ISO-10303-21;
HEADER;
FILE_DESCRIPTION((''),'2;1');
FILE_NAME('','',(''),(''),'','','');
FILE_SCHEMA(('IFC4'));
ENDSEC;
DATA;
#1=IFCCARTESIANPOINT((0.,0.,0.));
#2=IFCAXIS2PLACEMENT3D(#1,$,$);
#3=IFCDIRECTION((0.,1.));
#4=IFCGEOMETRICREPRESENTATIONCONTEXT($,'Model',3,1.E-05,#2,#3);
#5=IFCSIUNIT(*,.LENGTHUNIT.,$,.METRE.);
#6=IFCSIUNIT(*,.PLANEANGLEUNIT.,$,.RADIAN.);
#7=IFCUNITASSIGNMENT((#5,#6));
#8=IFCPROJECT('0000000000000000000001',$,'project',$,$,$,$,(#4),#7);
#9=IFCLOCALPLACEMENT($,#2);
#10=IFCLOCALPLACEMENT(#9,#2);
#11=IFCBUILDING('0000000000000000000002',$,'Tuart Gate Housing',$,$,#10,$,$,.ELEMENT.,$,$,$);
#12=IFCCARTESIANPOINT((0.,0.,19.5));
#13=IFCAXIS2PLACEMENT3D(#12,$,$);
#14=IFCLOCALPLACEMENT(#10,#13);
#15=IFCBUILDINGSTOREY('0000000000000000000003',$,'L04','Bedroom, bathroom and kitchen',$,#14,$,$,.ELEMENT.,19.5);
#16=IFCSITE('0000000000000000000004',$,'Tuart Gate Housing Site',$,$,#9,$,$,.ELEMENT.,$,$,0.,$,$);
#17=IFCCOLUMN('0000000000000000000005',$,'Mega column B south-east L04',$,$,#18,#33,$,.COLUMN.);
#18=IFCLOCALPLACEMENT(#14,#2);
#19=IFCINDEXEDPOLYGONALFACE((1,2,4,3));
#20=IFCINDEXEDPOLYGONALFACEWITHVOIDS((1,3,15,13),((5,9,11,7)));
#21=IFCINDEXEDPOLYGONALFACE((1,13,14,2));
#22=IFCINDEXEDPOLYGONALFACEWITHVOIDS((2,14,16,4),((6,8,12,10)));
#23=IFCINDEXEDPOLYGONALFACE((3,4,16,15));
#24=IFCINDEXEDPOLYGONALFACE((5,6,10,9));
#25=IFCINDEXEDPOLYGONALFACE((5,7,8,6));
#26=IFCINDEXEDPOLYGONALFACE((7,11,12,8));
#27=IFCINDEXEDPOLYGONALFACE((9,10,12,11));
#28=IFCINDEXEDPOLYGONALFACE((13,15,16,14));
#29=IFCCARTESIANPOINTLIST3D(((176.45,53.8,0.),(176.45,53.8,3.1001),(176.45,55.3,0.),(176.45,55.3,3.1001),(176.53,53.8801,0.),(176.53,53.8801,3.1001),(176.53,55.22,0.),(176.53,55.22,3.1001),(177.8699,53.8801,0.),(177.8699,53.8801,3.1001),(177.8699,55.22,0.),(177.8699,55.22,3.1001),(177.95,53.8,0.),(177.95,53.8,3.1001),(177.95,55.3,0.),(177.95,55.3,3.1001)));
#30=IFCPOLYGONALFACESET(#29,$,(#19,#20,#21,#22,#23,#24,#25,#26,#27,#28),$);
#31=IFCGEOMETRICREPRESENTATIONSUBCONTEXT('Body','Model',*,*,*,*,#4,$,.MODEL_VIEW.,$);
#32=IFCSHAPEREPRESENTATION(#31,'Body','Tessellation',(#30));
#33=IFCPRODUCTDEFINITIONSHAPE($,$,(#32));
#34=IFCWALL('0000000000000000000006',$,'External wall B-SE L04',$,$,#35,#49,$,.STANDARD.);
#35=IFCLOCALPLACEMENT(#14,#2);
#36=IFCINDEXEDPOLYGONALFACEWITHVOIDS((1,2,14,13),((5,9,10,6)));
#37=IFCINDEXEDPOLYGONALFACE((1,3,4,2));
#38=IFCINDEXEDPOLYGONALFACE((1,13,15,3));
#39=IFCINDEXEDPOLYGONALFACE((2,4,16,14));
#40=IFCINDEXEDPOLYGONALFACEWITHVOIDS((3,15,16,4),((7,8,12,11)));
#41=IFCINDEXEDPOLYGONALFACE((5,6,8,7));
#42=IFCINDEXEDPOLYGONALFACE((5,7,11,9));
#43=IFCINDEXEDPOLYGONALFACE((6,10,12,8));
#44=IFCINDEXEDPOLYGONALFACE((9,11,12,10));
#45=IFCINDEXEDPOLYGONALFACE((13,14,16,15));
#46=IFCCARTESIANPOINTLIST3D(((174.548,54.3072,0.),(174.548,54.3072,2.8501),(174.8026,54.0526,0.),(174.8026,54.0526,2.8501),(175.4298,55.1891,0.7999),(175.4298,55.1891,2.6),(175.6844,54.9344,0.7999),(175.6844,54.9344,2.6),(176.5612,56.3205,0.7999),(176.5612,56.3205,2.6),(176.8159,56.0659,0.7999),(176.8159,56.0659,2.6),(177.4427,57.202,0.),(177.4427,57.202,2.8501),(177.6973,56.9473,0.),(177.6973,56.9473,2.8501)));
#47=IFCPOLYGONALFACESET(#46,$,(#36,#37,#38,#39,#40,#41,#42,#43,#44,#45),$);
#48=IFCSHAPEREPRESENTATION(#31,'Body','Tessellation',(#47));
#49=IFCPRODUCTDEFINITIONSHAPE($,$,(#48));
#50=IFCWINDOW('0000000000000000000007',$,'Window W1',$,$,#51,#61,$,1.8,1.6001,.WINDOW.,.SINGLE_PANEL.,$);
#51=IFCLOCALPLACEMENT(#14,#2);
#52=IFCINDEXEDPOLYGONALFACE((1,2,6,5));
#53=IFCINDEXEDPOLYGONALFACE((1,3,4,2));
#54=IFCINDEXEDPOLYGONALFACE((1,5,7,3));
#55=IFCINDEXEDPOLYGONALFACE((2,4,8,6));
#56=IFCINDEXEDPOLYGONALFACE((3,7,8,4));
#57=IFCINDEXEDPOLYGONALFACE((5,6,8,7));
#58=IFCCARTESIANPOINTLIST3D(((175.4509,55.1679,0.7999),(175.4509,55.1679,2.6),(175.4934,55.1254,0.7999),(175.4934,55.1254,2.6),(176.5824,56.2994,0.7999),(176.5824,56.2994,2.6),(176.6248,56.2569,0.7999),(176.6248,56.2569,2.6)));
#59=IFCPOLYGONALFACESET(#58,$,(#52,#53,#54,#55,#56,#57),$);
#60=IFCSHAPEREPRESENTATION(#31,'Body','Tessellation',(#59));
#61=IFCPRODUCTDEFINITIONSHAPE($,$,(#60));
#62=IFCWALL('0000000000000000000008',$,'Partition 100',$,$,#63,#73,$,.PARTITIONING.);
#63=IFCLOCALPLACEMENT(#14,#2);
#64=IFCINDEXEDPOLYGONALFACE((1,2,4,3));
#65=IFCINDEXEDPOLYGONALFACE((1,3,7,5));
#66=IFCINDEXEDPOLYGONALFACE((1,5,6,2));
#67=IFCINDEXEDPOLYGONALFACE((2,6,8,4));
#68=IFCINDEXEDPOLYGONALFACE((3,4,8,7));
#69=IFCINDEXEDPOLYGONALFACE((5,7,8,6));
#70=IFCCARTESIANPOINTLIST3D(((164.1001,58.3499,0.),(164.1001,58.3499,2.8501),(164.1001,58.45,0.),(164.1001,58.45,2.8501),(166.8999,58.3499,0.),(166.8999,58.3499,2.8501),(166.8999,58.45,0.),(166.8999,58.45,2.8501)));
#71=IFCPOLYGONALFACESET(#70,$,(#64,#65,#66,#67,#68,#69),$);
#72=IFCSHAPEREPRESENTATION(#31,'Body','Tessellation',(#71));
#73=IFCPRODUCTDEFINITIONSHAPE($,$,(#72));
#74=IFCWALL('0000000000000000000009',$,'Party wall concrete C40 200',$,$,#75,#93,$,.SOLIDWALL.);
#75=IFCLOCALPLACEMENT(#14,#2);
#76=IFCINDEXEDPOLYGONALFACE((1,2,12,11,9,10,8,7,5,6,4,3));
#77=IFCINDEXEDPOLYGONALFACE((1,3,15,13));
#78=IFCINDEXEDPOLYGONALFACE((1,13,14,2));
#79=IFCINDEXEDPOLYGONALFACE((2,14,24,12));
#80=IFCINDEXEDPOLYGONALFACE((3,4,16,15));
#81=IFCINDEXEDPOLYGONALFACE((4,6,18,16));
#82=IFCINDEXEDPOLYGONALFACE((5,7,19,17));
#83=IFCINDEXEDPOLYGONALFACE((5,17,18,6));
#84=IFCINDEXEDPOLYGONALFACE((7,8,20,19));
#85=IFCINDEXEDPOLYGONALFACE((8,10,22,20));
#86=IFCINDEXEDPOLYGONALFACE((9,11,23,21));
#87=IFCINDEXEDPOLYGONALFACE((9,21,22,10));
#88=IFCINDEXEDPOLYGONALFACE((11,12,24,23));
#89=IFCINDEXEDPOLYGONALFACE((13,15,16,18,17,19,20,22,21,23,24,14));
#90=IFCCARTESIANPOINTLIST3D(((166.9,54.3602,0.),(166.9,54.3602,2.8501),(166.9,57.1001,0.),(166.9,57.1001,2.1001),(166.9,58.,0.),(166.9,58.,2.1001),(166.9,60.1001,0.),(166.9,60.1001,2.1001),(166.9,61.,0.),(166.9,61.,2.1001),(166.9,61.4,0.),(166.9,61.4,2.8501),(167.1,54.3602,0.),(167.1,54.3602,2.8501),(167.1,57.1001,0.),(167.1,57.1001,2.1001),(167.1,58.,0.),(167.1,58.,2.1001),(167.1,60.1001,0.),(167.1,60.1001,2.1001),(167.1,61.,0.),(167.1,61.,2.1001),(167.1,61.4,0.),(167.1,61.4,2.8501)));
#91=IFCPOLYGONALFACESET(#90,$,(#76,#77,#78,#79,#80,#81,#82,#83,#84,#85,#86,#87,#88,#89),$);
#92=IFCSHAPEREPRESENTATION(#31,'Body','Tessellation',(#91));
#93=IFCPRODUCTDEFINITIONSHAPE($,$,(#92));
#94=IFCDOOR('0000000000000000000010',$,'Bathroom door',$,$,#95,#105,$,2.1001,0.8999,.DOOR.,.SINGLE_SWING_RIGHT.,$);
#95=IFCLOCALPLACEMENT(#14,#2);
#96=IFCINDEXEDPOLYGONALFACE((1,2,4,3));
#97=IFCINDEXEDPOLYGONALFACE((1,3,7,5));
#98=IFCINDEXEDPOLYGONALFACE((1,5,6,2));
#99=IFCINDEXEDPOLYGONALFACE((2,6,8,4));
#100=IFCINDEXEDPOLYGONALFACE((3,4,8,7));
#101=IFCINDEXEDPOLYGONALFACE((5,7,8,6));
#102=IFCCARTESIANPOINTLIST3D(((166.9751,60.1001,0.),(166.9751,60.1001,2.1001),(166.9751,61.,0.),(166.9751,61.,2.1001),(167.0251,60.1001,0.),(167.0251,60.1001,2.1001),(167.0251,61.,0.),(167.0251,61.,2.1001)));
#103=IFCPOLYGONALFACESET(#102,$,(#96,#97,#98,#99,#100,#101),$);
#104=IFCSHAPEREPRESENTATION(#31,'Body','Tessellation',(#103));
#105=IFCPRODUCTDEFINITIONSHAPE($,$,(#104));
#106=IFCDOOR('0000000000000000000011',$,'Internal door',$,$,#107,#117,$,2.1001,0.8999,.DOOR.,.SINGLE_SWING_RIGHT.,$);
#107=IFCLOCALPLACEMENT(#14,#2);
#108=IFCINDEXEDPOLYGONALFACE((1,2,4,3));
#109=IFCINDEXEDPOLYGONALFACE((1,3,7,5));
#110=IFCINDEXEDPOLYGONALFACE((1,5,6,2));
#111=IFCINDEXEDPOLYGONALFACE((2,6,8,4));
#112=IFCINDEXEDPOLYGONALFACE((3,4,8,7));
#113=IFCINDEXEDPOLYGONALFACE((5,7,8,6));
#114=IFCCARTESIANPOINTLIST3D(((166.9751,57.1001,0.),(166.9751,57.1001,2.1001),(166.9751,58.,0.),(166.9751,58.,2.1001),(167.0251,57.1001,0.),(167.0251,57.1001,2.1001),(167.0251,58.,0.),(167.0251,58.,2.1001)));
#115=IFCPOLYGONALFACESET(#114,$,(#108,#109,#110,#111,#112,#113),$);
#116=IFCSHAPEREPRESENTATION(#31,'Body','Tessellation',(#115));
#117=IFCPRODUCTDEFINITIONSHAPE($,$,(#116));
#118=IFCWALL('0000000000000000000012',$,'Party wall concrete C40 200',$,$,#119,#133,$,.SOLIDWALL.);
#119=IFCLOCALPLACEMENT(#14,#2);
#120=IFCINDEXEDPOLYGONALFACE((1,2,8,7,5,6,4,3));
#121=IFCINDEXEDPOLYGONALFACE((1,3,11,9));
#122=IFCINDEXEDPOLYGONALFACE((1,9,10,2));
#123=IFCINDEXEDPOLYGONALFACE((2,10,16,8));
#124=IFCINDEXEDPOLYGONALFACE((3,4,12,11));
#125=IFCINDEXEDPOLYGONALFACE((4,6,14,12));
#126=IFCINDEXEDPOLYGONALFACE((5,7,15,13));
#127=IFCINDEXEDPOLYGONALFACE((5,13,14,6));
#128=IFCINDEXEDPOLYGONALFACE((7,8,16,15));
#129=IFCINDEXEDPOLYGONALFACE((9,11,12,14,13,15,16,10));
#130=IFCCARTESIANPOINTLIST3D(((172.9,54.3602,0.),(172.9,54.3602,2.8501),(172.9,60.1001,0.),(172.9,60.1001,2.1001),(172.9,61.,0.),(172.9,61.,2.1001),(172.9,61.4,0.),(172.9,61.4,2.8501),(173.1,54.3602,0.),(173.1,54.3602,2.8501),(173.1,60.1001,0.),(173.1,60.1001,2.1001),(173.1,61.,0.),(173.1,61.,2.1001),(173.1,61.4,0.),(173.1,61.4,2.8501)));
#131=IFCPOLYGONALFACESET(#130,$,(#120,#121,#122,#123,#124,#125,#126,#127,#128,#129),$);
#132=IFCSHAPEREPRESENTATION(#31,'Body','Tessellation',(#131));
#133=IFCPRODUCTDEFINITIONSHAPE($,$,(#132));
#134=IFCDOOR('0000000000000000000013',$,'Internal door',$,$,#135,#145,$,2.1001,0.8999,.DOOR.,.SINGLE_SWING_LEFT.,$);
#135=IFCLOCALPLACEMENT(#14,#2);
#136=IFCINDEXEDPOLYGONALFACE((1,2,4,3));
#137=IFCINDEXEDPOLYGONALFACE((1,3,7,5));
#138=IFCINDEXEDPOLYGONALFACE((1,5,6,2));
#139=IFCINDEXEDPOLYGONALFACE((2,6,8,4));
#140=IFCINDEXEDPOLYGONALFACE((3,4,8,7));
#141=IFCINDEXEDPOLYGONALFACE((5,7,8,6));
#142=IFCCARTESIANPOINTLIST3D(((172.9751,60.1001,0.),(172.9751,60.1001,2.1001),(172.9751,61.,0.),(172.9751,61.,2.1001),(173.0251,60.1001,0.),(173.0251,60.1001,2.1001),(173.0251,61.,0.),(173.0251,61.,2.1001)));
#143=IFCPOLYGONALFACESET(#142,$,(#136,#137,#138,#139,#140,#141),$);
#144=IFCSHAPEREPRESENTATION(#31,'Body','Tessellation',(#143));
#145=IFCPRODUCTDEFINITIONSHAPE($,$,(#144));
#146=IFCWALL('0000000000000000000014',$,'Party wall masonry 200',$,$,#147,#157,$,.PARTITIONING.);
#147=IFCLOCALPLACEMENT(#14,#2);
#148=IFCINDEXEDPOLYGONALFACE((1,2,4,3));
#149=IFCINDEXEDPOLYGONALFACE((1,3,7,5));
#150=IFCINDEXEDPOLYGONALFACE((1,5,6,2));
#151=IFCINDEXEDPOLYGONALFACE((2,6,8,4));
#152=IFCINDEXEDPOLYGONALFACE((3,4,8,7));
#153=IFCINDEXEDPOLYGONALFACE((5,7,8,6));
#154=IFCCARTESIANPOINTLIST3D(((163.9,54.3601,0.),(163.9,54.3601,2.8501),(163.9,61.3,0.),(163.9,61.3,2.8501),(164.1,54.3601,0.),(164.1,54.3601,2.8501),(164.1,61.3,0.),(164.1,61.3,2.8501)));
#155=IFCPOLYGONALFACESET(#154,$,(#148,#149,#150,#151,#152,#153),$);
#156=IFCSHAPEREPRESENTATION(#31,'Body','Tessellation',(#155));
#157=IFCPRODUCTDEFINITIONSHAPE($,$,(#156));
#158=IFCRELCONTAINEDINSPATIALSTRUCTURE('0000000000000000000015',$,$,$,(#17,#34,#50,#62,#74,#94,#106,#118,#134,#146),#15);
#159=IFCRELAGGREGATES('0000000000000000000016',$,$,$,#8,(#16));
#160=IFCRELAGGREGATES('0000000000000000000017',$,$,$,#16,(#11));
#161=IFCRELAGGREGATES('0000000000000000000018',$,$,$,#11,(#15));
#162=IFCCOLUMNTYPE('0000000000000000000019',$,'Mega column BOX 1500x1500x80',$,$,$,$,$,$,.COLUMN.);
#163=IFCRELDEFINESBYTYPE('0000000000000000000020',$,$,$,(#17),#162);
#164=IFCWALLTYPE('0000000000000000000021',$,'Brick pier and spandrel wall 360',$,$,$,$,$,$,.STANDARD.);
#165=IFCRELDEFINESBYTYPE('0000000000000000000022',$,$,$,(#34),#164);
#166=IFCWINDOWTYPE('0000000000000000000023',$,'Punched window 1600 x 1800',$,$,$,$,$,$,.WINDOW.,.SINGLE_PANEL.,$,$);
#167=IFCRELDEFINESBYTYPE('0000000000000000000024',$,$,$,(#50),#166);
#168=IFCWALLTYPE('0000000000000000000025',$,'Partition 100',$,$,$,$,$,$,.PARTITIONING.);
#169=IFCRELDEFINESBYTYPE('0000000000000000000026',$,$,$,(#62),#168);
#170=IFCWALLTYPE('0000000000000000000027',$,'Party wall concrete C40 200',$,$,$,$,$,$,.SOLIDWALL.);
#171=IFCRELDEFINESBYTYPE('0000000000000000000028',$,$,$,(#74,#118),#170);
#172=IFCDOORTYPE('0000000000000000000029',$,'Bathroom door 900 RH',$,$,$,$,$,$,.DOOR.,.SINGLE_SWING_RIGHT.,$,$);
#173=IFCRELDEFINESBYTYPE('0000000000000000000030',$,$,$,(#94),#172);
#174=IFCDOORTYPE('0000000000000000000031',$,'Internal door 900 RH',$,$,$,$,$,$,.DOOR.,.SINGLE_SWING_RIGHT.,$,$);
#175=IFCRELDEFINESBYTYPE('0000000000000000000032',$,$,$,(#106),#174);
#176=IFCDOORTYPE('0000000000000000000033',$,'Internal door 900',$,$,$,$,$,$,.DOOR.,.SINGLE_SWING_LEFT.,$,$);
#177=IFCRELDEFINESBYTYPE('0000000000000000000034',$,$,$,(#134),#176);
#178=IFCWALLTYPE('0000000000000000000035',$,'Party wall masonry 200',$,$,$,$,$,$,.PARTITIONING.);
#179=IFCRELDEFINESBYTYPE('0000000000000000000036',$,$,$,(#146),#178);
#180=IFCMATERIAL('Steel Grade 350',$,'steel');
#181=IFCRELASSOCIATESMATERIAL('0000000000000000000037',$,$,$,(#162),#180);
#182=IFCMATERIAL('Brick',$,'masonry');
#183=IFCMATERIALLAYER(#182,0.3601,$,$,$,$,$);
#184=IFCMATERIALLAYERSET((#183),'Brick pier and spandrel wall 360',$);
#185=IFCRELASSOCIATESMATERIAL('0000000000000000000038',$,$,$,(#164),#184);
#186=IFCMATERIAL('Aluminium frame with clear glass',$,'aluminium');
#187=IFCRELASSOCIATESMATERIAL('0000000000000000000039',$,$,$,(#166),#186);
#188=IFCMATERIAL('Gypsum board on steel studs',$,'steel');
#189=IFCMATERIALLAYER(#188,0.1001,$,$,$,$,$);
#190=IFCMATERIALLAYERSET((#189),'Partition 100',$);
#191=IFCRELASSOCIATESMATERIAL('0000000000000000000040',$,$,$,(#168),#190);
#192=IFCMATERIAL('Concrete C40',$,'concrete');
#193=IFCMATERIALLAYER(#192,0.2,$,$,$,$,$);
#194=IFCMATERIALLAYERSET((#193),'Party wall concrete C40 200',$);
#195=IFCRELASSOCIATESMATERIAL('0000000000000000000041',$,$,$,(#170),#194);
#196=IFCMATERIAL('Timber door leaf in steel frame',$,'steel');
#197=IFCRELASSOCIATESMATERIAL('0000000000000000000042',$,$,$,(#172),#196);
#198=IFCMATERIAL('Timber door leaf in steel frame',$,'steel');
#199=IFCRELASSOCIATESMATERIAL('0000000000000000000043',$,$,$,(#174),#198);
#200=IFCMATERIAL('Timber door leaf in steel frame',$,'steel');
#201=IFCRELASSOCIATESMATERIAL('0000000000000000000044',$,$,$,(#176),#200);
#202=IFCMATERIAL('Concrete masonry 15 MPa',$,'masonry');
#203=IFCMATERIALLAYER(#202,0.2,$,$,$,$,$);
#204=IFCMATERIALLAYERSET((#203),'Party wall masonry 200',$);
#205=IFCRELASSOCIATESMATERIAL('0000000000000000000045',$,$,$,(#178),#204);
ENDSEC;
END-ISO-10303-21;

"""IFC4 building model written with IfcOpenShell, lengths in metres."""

from ifc_helpers import new_model, si_unit, direction, frame, frame_2d, origin, origin_2d, place, context, subcontext, project, spatial, rectangle, hollow_rectangle, extrude, material, layer, layer_set, material_profile, profile_set, type_object, element, fill, save


model = new_model("IFC4")

# Units and contexts
model_context = context("Model", 3, precision=1e-05, world=origin(), true_north=direction((0.0, 1.0)))
body_context = subcontext(model_context, "Body", "Model", "MODEL_VIEW")
ifc_project = project(units=[si_unit("LENGTHUNIT", "METRE"), si_unit("PLANEANGLEUNIT", "RADIAN")], contexts=[model_context])

# Site, building, storey
site_placement = place(None, origin())
site = spatial("IfcSite", under=ifc_project, at=site_placement, Name="Tuart Gate Housing Site", CompositionType="ELEMENT", RefElevation=0.0)
building_placement = place(site_placement, origin())
building = spatial("IfcBuilding", under=site, at=building_placement, Name="Tuart Gate Housing", CompositionType="ELEMENT")
storey_placement = place(building_placement, frame((0.0, 0.0, 19.5)))
storey = spatial("IfcBuildingStorey", under=building, at=storey_placement, Name="L04", Description="Bedroom, bathroom and kitchen", CompositionType="ELEMENT", Elevation=19.5)

# Column
ifc_material_1 = material(Name="Steel Grade 350", Category="steel")
ifc_material_profile = material_profile(ifc_material_1, hollow_rectangle(XDim=1.5, YDim=1.5, WallThickness=0.0801, at=origin_2d()), Name="BOX 1500x1500x80")
ifc_profile_set = profile_set([ifc_material_profile], Name="Steel Grade 350")
column_type = type_object("IfcColumnType", Name="Mega column BOX 1500x1500x80", PredefinedType="COLUMN", material=ifc_profile_set)
column_placement = place(storey_placement, frame((177.2, 54.55, 0.0), z_axis=(0.0, 0.0, 1.0), x_axis=(1.0, 0.0, 0.0)))
element("IfcColumn", 1, at=column_placement, inside=storey, type_object=column_type, Name="Mega column B south-east L04", PredefinedType="COLUMN", context=body_context, shape_type="SweptSolid", body=[
    extrude(hollow_rectangle(XDim=1.5, YDim=1.5, WallThickness=0.0801, at=origin_2d()), origin(), (0.0, 0.0, 1.0), 3.1001),
])

# Wall, opening, window
ifc_material_2 = material(Name="Brick", Category="masonry")
ifc_layer_1 = layer(ifc_material_2, 0.3601)
ifc_layer_set_1 = layer_set([ifc_layer_1], Name="Brick pier and spandrel wall 360")
wall_type_1 = type_object("IfcWallType", Name="Brick pier and spandrel wall 360", PredefinedType="STANDARD", material=ifc_layer_set_1)
wall_1_placement = place(storey_placement, frame((174.6753, 54.1799, 0.0), z_axis=(0.0, 0.0, 1.0), x_axis=(0.707107, 0.707107, 0.0)))
wall_1 = element("IfcWall", 2, at=wall_1_placement, inside=storey, type_object=wall_type_1, Name="External wall B-SE L04", PredefinedType="STANDARD", context=body_context, shape_type="SweptSolid", body=[
    extrude(rectangle(XDim=4.0938, YDim=0.3601, at=frame_2d((2.0469, 0.0))), origin(), (0.0, 0.0, 1.0), 2.8501),
])
opening_1_placement = place(wall_1_placement, frame((1.2471, 0.0, 0.8)))
opening_1 = element("IfcOpeningElement", 3, at=opening_1_placement, cuts=wall_1, PredefinedType="OPENING", context=body_context, shape_type="SweptSolid", body=[
    extrude(rectangle(XDim=1.6001, YDim=1.8, at=frame_2d((0.8, 0.8999))), frame((0.0, 0.1899, 0.0), z_axis=(0.0, -1.0, 0.0), x_axis=(1.0, 0.0, 0.0)), (0.0, 0.0, 1.0), 0.3801),
])
ifc_material_3 = material(Name="Aluminium frame with clear glass", Category="aluminium")
window_type_1 = type_object("IfcWindowType", Name="Punched window 1600 x 1800", PartitioningType="SINGLE_PANEL", PredefinedType="WINDOW", material=ifc_material_3)
window_1_placement = place(opening_1_placement, origin())
window_1 = element("IfcWindow", 4, at=window_1_placement, inside=storey, type_object=window_type_1, Name="Window W1", OverallHeight=1.8, OverallWidth=1.6001, PartitioningType="SINGLE_PANEL", PredefinedType="WINDOW", context=body_context, shape_type="SweptSolid", body=[
    extrude(rectangle(XDim=1.6001, YDim=1.8, at=frame_2d((0.8, 0.8999))), frame((0.0, 0.1501, 0.0), z_axis=(0.0, -1.0, 0.0), x_axis=(1.0, 0.0, 0.0)), (0.0, 0.0, 1.0), 0.0601),
])
fill(opening_1, window_1)

# Wall
ifc_material_4 = material(Name="Gypsum board on steel studs", Category="steel")
ifc_layer_2 = layer(ifc_material_4, 0.1001)
ifc_layer_set_2 = layer_set([ifc_layer_2], Name="Partition 100")
wall_type_2 = type_object("IfcWallType", Name="Partition 100", PredefinedType="PARTITIONING", material=ifc_layer_set_2)
wall_2_placement = place(storey_placement, frame((164.1001, 58.3999, 0.0), z_axis=(0.0, 0.0, 1.0), x_axis=(1.0, 0.0, 0.0)))
element("IfcWall", 5, at=wall_2_placement, inside=storey, type_object=wall_type_2, Name="Partition 100", PredefinedType="PARTITIONING", context=body_context, shape_type="SweptSolid", body=[
    extrude(rectangle(XDim=2.7998, YDim=0.1001, at=frame_2d((1.3999, 0.0))), origin(), (0.0, 0.0, 1.0), 2.8501),
])

# Wall, openings, doors
ifc_material_5 = material(Name="Concrete C40", Category="concrete")
ifc_layer_3 = layer(ifc_material_5, 0.2)
ifc_layer_set_3 = layer_set([ifc_layer_3], Name="Party wall concrete C40 200")
wall_type_3 = type_object("IfcWallType", Name="Party wall concrete C40 200", PredefinedType="SOLIDWALL", material=ifc_layer_set_3)
wall_3_placement = place(storey_placement, frame((167.0, 54.3601, 0.0), z_axis=(0.0, 0.0, 1.0), x_axis=(0.0, 1.0, 0.0)))
wall_3 = element("IfcWall", 6, at=wall_3_placement, inside=storey, type_object=wall_type_3, Name="Party wall concrete C40 200", PredefinedType="SOLIDWALL", context=body_context, shape_type="SweptSolid", body=[
    extrude(rectangle(XDim=7.0398, YDim=0.2, at=frame_2d((3.52, 0.0))), origin(), (0.0, 0.0, 1.0), 2.8501),
])
opening_2_placement = place(wall_3_placement, frame((2.74, 0.0, 0.0)))
opening_2 = element("IfcOpeningElement", 7, at=opening_2_placement, cuts=wall_3, PredefinedType="OPENING", context=body_context, shape_type="SweptSolid", body=[
    extrude(rectangle(XDim=0.8999, YDim=2.1001, at=frame_2d((0.45, 1.05))), frame((0.0, 0.1099, 0.0), z_axis=(0.0, -1.0, 0.0), x_axis=(1.0, 0.0, 0.0)), (0.0, 0.0, 1.0), 0.22),
])
opening_3_placement = place(wall_3_placement, frame((5.74, 0.0, 0.0)))
opening_3 = element("IfcOpeningElement", 8, at=opening_3_placement, cuts=wall_3, PredefinedType="OPENING", context=body_context, shape_type="SweptSolid", body=[
    extrude(rectangle(XDim=0.8999, YDim=2.1001, at=frame_2d((0.45, 1.05))), frame((0.0, 0.1099, 0.0), z_axis=(0.0, -1.0, 0.0), x_axis=(1.0, 0.0, 0.0)), (0.0, 0.0, 1.0), 0.22),
])
ifc_material_6 = material(Name="Timber door leaf in steel frame", Category="steel")
door_type_1 = type_object("IfcDoorType", Name="Bathroom door 900 RH", OperationType="SINGLE_SWING_RIGHT", PredefinedType="DOOR", material=ifc_material_6)
door_1_placement = place(opening_3_placement, origin())
door_1 = element("IfcDoor", 9, at=door_1_placement, inside=storey, type_object=door_type_1, Name="Bathroom door", OperationType="SINGLE_SWING_RIGHT", OverallHeight=2.1001, OverallWidth=0.8999, PredefinedType="DOOR", context=body_context, shape_type="SweptSolid", body=[
    extrude(rectangle(XDim=0.8999, YDim=2.1001, at=frame_2d((0.45, 1.05))), frame((0.0, 0.0249, 0.0), z_axis=(0.0, -1.0, 0.0), x_axis=(1.0, 0.0, 0.0)), (0.0, 0.0, 1.0), 0.05),
])
fill(opening_3, door_1)
ifc_material_7 = material(Name="Timber door leaf in steel frame", Category="steel")
door_type_2 = type_object("IfcDoorType", Name="Internal door 900 RH", OperationType="SINGLE_SWING_RIGHT", PredefinedType="DOOR", material=ifc_material_7)
door_2_placement = place(opening_2_placement, origin())
door_2 = element("IfcDoor", 10, at=door_2_placement, inside=storey, type_object=door_type_2, Name="Internal door", OperationType="SINGLE_SWING_RIGHT", OverallHeight=2.1001, OverallWidth=0.8999, PredefinedType="DOOR", context=body_context, shape_type="SweptSolid", body=[
    extrude(rectangle(XDim=0.8999, YDim=2.1001, at=frame_2d((0.45, 1.05))), frame((0.0, 0.0249, 0.0), z_axis=(0.0, -1.0, 0.0), x_axis=(1.0, 0.0, 0.0)), (0.0, 0.0, 1.0), 0.05),
])
fill(opening_2, door_2)

# Wall, opening, door
wall_4_placement = place(storey_placement, frame((173.0, 54.3601, 0.0), z_axis=(0.0, 0.0, 1.0), x_axis=(0.0, 1.0, 0.0)))
wall_4 = element("IfcWall", 11, at=wall_4_placement, inside=storey, type_object=wall_type_3, Name="Party wall concrete C40 200", PredefinedType="SOLIDWALL", context=body_context, shape_type="SweptSolid", body=[
    extrude(rectangle(XDim=7.0398, YDim=0.2, at=frame_2d((3.52, 0.0))), origin(), (0.0, 0.0, 1.0), 2.8501),
])
opening_4_placement = place(wall_4_placement, frame((5.74, 0.0, 0.0)))
opening_4 = element("IfcOpeningElement", 12, at=opening_4_placement, cuts=wall_4, PredefinedType="OPENING", context=body_context, shape_type="SweptSolid", body=[
    extrude(rectangle(XDim=0.8999, YDim=2.1001, at=frame_2d((0.45, 1.05))), frame((0.0, 0.1099, 0.0), z_axis=(0.0, -1.0, 0.0), x_axis=(1.0, 0.0, 0.0)), (0.0, 0.0, 1.0), 0.22),
])
ifc_material_8 = material(Name="Timber door leaf in steel frame", Category="steel")
door_type_3 = type_object("IfcDoorType", Name="Internal door 900", OperationType="SINGLE_SWING_LEFT", PredefinedType="DOOR", material=ifc_material_8)
door_3_placement = place(opening_4_placement, frame((0.8999, 0.0, 0.0), z_axis=(0.0, 0.0, 1.0), x_axis=(-1.0, 0.0, 0.0)))
door_3 = element("IfcDoor", 13, at=door_3_placement, inside=storey, type_object=door_type_3, Name="Internal door", OperationType="SINGLE_SWING_LEFT", OverallHeight=2.1001, OverallWidth=0.8999, PredefinedType="DOOR", context=body_context, shape_type="SweptSolid", body=[
    extrude(rectangle(XDim=0.8999, YDim=2.1001, at=frame_2d((0.45, 1.05))), frame((0.0, 0.0251, 0.0), z_axis=(0.0, -1.0, 0.0), x_axis=(1.0, 0.0, 0.0)), (0.0, 0.0, 1.0), 0.05),
])
fill(opening_4, door_3)

# Wall
ifc_material_9 = material(Name="Concrete masonry 15 MPa", Category="masonry")
ifc_layer_4 = layer(ifc_material_9, 0.2)
ifc_layer_set_4 = layer_set([ifc_layer_4], Name="Party wall masonry 200")
wall_type_4 = type_object("IfcWallType", Name="Party wall masonry 200", PredefinedType="PARTITIONING", material=ifc_layer_set_4)
wall_5_placement = place(storey_placement, frame((164.0, 54.3601, 0.0), z_axis=(0.0, 0.0, 1.0), x_axis=(0.0, 1.0, 0.0)))
element("IfcWall", 14, at=wall_5_placement, inside=storey, type_object=wall_type_4, Name="Party wall masonry 200", PredefinedType="PARTITIONING", context=body_context, shape_type="SweptSolid", body=[
    extrude(rectangle(XDim=6.9399, YDim=0.2, at=frame_2d((3.47, 0.0))), origin(), (0.0, 0.0, 1.0), 2.8501),
])

save(model, "model.ifc")
